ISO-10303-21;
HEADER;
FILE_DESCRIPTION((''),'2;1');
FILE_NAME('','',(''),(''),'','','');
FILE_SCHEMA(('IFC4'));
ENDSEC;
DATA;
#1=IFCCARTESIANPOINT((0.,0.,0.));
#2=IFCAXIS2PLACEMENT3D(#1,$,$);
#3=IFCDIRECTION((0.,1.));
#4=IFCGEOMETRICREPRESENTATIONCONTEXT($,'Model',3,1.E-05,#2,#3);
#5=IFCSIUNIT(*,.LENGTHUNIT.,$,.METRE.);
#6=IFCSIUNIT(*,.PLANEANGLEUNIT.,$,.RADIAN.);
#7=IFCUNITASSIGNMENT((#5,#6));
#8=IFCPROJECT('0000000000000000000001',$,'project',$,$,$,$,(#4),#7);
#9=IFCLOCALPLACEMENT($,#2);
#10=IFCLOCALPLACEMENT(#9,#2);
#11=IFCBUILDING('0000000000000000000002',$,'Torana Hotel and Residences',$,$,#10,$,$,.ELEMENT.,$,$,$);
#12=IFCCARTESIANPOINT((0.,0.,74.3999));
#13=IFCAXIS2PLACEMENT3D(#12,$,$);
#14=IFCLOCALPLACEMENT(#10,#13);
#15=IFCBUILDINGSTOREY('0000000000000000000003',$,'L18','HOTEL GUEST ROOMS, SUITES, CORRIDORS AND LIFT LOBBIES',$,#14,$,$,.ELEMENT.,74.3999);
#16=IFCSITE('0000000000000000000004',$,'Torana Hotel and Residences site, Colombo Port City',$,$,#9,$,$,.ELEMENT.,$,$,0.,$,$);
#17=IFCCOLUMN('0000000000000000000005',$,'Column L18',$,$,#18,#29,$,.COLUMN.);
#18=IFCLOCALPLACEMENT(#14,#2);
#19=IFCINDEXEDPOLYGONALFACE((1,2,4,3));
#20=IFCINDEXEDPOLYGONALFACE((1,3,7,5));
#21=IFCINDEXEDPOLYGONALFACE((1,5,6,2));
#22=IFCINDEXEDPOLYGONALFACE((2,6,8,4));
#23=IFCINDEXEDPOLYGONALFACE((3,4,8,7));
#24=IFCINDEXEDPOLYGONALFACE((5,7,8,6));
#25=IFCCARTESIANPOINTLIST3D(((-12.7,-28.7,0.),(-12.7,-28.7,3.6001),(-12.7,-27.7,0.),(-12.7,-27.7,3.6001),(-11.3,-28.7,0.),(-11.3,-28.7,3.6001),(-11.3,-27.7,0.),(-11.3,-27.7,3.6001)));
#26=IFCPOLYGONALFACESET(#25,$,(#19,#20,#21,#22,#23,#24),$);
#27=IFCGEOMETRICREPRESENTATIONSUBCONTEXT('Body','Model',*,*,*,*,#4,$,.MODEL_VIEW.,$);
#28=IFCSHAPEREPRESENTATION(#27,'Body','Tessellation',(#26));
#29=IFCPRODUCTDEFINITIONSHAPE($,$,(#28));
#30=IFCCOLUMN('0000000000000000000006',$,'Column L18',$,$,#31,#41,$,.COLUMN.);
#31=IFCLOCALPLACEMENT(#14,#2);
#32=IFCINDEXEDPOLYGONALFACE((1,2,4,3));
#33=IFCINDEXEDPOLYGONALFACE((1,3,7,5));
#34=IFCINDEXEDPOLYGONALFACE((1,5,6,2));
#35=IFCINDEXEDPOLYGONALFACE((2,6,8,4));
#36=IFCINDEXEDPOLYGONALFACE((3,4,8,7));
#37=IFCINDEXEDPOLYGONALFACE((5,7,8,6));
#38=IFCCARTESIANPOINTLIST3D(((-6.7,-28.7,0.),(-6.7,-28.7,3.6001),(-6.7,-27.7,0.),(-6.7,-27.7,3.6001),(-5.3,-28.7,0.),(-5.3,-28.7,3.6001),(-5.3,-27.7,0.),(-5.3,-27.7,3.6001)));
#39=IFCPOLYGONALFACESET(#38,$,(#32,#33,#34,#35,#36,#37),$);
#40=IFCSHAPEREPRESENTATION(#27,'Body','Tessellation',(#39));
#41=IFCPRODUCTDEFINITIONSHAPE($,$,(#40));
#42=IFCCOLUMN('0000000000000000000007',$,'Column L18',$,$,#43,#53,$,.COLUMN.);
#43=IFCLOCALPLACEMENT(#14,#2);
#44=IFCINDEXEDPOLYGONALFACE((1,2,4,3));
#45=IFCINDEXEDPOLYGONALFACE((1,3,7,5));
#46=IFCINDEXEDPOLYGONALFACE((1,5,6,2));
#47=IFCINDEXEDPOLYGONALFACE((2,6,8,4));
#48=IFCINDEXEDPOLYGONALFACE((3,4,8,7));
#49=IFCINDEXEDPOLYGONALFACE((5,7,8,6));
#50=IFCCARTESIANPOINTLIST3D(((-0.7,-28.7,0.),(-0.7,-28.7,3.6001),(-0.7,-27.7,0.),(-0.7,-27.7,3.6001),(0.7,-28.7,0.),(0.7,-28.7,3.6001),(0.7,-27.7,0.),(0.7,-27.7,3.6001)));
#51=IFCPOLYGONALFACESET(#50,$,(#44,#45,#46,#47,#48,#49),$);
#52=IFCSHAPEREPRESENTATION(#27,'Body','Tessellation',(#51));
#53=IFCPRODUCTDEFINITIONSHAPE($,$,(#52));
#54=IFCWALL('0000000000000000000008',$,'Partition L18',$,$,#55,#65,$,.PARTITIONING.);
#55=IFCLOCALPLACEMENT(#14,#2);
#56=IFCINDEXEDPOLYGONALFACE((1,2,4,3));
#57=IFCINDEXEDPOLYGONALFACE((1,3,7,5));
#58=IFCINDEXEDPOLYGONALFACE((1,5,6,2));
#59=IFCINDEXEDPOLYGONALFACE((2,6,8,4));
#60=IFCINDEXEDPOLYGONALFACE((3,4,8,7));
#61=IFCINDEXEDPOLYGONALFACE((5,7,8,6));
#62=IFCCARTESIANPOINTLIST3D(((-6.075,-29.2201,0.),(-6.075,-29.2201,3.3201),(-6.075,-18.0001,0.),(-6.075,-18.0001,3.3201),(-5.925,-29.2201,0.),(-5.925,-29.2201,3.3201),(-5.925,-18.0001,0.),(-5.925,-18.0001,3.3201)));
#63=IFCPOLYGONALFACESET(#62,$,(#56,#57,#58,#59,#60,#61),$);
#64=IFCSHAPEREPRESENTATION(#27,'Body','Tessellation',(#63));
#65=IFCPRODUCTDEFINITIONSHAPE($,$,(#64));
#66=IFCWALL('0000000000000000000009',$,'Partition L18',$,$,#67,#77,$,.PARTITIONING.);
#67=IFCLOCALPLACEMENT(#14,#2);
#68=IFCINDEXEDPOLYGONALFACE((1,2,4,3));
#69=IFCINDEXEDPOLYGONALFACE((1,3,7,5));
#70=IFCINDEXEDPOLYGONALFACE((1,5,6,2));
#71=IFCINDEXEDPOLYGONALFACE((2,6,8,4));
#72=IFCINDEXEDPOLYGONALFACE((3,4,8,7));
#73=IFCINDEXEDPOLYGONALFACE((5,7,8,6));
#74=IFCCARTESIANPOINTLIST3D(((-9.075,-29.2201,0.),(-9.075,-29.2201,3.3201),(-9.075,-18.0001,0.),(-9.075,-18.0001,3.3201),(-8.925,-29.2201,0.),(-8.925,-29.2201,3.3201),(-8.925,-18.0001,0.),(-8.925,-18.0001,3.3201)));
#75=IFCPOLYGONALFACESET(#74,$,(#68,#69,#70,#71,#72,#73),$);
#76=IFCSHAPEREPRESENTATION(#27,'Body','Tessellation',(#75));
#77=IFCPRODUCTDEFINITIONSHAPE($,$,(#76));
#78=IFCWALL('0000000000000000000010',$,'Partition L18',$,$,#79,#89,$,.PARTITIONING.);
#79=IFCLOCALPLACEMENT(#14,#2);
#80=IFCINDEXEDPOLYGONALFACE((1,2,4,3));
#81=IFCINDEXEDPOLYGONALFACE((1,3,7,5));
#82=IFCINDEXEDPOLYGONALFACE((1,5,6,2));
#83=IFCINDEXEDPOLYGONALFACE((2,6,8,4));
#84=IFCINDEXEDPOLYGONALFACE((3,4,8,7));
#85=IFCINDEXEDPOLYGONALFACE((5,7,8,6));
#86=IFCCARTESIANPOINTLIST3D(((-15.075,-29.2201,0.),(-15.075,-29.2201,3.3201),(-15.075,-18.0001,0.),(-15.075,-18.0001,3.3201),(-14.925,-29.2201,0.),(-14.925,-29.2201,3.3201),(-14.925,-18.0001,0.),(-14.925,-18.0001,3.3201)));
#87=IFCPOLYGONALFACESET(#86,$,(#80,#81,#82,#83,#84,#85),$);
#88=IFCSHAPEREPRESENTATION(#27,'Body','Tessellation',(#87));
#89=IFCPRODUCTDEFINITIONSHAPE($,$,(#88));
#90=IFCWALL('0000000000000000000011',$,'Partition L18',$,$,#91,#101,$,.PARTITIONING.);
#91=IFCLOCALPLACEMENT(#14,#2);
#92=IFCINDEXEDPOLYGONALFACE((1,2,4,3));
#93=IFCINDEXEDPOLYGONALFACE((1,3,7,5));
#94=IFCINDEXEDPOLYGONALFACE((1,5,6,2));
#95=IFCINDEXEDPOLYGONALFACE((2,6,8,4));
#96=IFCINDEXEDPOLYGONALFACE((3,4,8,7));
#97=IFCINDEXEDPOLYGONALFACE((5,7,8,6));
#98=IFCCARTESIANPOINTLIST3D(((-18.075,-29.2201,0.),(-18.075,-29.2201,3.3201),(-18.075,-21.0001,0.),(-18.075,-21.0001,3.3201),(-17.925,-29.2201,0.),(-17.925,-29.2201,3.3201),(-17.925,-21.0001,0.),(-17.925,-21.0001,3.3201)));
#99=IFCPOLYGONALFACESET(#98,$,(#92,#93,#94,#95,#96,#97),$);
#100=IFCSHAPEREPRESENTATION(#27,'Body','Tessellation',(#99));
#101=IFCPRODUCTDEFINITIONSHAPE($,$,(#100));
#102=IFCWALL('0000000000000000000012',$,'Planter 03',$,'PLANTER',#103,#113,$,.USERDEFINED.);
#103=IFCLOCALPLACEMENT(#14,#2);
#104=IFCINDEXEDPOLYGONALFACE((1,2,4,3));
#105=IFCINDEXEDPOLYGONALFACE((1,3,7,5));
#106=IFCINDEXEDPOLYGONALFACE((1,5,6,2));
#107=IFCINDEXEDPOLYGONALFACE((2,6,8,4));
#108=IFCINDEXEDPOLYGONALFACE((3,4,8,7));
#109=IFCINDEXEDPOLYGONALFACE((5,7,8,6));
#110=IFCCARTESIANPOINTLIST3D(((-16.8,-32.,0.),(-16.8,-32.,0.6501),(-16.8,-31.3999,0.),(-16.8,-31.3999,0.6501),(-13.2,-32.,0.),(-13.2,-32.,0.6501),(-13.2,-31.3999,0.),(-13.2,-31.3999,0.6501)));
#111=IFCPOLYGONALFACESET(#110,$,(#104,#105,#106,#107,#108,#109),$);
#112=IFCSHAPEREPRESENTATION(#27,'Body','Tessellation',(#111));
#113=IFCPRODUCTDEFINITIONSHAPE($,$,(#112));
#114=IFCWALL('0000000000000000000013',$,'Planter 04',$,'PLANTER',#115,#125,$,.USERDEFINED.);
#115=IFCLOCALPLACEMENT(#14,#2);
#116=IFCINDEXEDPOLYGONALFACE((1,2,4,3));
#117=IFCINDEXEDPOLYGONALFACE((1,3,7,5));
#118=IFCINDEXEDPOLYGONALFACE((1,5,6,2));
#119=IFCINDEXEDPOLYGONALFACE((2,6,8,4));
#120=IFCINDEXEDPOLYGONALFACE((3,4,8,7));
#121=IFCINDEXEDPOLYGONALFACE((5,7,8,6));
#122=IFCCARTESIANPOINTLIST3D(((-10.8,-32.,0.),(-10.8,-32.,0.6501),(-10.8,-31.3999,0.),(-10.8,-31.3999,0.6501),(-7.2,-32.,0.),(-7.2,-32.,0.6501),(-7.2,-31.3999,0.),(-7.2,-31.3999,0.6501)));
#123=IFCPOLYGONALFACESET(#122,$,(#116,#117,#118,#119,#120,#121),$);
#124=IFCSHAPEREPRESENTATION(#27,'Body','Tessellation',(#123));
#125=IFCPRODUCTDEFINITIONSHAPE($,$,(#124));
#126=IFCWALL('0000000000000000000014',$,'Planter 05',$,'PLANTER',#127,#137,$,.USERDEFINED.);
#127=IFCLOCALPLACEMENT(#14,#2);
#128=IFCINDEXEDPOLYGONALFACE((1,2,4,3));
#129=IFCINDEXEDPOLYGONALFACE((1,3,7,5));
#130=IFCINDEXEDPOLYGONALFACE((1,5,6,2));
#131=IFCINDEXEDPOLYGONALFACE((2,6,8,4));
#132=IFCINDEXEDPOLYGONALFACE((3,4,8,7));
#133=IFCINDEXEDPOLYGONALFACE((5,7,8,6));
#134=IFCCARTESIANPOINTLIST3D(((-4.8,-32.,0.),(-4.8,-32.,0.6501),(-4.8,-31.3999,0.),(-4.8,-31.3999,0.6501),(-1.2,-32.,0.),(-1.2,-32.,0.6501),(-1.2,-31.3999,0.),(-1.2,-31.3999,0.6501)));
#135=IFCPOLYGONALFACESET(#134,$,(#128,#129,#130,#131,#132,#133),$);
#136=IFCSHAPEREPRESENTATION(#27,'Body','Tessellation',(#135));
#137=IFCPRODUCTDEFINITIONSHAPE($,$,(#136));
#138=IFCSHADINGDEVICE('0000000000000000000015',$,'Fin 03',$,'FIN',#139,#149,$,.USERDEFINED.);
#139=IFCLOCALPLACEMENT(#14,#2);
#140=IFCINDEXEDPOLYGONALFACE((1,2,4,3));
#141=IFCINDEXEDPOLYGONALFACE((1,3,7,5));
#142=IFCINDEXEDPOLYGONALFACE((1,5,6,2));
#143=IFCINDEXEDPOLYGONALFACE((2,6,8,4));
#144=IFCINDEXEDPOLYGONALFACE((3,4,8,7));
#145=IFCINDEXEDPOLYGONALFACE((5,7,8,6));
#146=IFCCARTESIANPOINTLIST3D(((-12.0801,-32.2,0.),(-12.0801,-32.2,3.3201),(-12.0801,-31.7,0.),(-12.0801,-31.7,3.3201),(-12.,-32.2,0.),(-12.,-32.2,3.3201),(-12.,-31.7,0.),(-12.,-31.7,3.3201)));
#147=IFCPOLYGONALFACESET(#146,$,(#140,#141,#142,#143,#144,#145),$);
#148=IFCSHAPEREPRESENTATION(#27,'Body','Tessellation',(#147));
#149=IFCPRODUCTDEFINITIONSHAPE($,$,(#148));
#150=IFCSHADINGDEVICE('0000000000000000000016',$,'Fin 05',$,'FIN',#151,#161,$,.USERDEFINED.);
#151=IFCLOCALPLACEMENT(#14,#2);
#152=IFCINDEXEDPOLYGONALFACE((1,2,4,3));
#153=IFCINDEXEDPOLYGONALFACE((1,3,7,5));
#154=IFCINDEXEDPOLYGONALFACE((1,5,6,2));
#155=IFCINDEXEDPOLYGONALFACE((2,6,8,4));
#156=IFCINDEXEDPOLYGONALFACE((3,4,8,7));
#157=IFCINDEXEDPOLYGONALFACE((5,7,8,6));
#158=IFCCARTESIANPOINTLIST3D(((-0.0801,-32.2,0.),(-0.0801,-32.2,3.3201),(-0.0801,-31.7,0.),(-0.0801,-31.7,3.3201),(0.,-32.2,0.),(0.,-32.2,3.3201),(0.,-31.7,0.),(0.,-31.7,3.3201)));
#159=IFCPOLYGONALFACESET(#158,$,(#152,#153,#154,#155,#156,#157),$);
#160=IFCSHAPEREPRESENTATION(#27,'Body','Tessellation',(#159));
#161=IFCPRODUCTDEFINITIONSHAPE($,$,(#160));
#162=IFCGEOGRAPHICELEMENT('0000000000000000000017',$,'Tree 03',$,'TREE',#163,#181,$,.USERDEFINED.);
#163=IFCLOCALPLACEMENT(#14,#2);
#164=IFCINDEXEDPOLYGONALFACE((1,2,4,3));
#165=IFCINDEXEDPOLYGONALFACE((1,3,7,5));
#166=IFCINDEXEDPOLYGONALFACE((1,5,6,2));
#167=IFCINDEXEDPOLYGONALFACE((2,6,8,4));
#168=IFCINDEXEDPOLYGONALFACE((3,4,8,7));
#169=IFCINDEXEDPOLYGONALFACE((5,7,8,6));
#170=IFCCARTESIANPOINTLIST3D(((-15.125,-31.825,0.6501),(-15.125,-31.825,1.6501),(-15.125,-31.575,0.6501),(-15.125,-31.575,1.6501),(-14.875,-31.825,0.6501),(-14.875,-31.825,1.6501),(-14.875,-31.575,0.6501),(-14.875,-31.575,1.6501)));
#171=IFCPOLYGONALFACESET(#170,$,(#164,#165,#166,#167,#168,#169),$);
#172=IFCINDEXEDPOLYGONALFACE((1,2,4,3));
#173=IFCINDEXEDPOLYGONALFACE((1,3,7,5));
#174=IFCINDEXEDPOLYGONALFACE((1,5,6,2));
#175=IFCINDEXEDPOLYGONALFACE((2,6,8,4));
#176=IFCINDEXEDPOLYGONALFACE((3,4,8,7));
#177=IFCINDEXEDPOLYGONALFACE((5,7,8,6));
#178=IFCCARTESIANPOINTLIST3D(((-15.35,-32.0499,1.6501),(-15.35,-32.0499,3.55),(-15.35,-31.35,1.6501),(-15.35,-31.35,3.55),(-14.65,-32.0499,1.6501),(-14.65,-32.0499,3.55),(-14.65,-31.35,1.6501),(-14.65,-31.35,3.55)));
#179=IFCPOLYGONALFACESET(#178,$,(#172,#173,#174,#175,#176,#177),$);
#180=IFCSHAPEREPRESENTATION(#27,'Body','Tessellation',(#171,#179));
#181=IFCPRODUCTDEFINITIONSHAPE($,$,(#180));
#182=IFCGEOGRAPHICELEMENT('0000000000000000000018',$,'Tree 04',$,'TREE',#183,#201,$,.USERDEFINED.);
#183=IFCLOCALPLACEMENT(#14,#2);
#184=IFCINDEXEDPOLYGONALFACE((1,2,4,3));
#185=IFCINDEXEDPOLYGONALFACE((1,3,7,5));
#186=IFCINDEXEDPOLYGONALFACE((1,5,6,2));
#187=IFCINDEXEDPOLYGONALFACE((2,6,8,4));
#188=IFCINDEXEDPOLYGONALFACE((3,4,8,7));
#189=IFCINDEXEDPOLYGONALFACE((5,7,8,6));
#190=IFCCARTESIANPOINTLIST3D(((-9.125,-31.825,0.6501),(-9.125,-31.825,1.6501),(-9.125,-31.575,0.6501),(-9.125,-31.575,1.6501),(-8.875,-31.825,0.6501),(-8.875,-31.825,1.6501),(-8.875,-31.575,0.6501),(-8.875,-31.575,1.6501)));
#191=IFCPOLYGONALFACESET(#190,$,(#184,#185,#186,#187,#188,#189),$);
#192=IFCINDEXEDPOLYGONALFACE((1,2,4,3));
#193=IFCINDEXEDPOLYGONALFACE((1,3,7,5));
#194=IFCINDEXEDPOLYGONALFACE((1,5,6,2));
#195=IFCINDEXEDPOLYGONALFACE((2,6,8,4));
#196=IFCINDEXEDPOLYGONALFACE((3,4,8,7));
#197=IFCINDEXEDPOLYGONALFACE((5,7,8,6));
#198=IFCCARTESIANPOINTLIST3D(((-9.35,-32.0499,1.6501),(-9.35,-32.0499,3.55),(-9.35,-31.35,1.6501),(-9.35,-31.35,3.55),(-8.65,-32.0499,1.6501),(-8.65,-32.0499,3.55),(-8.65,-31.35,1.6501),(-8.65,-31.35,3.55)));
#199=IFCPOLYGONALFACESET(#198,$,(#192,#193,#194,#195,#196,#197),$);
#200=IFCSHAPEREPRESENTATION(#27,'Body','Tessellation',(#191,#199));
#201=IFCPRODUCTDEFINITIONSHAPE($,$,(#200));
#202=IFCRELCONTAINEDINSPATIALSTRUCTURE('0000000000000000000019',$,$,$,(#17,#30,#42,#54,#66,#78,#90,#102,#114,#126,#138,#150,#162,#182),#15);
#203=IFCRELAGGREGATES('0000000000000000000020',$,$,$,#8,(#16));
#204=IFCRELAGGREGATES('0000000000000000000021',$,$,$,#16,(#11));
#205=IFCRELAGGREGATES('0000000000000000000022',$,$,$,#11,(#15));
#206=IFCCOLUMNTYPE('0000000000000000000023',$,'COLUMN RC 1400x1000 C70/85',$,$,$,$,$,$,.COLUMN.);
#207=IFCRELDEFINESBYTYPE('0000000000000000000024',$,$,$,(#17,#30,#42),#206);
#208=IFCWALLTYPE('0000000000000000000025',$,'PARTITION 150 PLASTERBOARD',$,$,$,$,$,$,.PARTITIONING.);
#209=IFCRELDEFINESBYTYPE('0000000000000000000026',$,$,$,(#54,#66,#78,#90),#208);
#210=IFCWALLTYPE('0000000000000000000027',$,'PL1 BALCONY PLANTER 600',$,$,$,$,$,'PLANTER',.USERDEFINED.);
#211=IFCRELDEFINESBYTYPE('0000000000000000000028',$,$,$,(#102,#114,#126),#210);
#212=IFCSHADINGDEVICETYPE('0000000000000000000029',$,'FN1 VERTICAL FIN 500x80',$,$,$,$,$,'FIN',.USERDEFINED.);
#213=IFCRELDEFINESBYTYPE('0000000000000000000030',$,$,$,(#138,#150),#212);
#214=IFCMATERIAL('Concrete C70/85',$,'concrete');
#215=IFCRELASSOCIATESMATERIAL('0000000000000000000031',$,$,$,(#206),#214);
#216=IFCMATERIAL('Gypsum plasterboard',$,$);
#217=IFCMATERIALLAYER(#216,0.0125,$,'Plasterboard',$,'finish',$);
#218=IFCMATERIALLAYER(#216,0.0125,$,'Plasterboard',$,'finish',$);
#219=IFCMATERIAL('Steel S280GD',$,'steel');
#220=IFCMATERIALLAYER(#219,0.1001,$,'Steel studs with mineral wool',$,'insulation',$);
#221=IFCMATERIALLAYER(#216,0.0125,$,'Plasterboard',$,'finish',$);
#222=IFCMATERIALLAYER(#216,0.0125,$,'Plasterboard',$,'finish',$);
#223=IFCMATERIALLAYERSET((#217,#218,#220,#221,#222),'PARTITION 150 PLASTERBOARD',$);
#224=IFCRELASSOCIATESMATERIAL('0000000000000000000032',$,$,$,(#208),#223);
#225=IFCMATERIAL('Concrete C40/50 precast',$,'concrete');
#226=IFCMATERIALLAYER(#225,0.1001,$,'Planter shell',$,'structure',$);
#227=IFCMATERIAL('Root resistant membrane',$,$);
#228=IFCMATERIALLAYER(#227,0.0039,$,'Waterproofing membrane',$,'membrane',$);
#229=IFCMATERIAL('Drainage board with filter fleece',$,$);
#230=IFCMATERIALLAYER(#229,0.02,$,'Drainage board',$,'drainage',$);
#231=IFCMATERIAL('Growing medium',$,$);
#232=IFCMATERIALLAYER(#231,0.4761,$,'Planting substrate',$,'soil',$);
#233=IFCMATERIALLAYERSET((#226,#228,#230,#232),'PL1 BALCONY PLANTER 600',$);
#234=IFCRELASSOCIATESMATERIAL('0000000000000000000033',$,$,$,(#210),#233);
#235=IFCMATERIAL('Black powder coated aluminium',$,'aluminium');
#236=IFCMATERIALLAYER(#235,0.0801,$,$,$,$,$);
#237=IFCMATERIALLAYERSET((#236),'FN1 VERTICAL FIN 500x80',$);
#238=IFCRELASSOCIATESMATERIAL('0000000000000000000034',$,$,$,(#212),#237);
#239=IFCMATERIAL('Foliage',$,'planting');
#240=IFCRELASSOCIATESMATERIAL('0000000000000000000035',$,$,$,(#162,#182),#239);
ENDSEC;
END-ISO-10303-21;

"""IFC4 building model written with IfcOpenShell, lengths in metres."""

from ifc_helpers import new_model, si_unit, direction, frame, frame_2d, origin, origin_2d, place, context, subcontext, project, spatial, rectangle, extrude, material, layer, layer_set, material_profile, profile_set, type_object, element, save


model = new_model("IFC4")

# Units and contexts
model_context = context("Model", 3, precision=1e-05, world=origin(), true_north=direction((0.0, 1.0)))
body_context = subcontext(model_context, "Body", "Model", "MODEL_VIEW")
ifc_project = project(units=[si_unit("LENGTHUNIT", "METRE"), si_unit("PLANEANGLEUNIT", "RADIAN")], contexts=[model_context])

# Site, building, storey
site_placement = place(None, origin())
site = spatial("IfcSite", under=ifc_project, at=site_placement, Name="Torana Hotel and Residences site, Colombo Port City", CompositionType="ELEMENT", RefElevation=0.0)
building_placement = place(site_placement, origin())
building = spatial("IfcBuilding", under=site, at=building_placement, Name="Torana Hotel and Residences", CompositionType="ELEMENT")
storey_placement = place(building_placement, frame((0.0, 0.0, 74.3999)))
storey = spatial("IfcBuildingStorey", under=building, at=storey_placement, Name="L18", Description="HOTEL GUEST ROOMS, SUITES, CORRIDORS AND LIFT LOBBIES", CompositionType="ELEMENT", Elevation=74.3999)

# Columns
ifc_material_1 = material(Name="Concrete C70/85", Category="concrete")
ifc_material_profile = material_profile(ifc_material_1, rectangle(XDim=1.3999, YDim=1.0, at=origin_2d()), Name="RC 1400x1000")
ifc_profile_set = profile_set([ifc_material_profile], Name="Concrete C70/85")
column_type = type_object("IfcColumnType", Name="COLUMN RC 1400x1000 C70/85", PredefinedType="COLUMN", material=ifc_profile_set)
for number, where, z_axis, x_axis, name in (
    (1, (-12.0, -28.2, 0.0), (0.0, 0.0, 1.0), (1.0, 0.0, 0.0), "Column L18"),
    (2, (-6.0, -28.2, 0.0), (0.0, 0.0, 1.0), (1.0, 0.0, 0.0), "Column L18"),
    (3, (0.0, -28.2, 0.0), (0.0, 0.0, 1.0), (1.0, 0.0, 0.0), "Column L18"),
):
    element("IfcColumn", number, at=place(storey_placement, frame(where, z_axis=z_axis, x_axis=x_axis)), inside=storey, type_object=column_type, Name=name, PredefinedType="COLUMN", context=body_context, shape_type="SweptSolid", body=[
        extrude(rectangle(XDim=1.3999, YDim=1.0, at=origin_2d()), origin(), (0.0, 0.0, 1.0), 3.6001),
    ])

# Walls
ifc_material_2 = material(Name="Gypsum plasterboard")
ifc_layer_1 = layer(ifc_material_2, 0.0125, Name="Plasterboard", Category="finish")
ifc_layer_2 = layer(ifc_material_2, 0.0125, Name="Plasterboard", Category="finish")
ifc_material_3 = material(Name="Steel S280GD", Category="steel")
ifc_layer_3 = layer(ifc_material_3, 0.1001, Name="Steel studs with mineral wool", Category="insulation")
ifc_layer_4 = layer(ifc_material_2, 0.0125, Name="Plasterboard", Category="finish")
ifc_layer_5 = layer(ifc_material_2, 0.0125, Name="Plasterboard", Category="finish")
ifc_layer_set_1 = layer_set([ifc_layer_1, ifc_layer_2, ifc_layer_3, ifc_layer_4, ifc_layer_5], Name="PARTITION 150 PLASTERBOARD")
wall_type_1 = type_object("IfcWallType", Name="PARTITION 150 PLASTERBOARD", PredefinedType="PARTITIONING", material=ifc_layer_set_1)
for number, where, z_axis, x_axis, name in (
    (4, (-6.0, -29.22, 0.0), (0.0, 0.0, 1.0), (0.0, 1.0, 0.0), "Partition L18"),
    (5, (-9.0, -29.22, 0.0), (0.0, 0.0, 1.0), (0.0, 1.0, 0.0), "Partition L18"),
    (6, (-15.0, -29.22, 0.0), (0.0, 0.0, 1.0), (0.0, 1.0, 0.0), "Partition L18"),
):
    element("IfcWall", number, at=place(storey_placement, frame(where, z_axis=z_axis, x_axis=x_axis)), inside=storey, type_object=wall_type_1, Name=name, PredefinedType="PARTITIONING", context=body_context, shape_type="SweptSolid", body=[
        extrude(rectangle(XDim=11.22, YDim=0.1499, at=frame_2d((5.6099, 0.0))), origin(), (0.0, 0.0, 1.0), 3.3201),
    ])
wall_placement = place(storey_placement, frame((-18.0, -29.22, 0.0), z_axis=(0.0, 0.0, 1.0), x_axis=(0.0, 1.0, 0.0)))
element("IfcWall", 7, at=wall_placement, inside=storey, type_object=wall_type_1, Name="Partition L18", PredefinedType="PARTITIONING", context=body_context, shape_type="SweptSolid", body=[
    extrude(rectangle(XDim=8.22, YDim=0.1499, at=frame_2d((4.1099, 0.0))), origin(), (0.0, 0.0, 1.0), 3.3201),
])
ifc_material_4 = material(Name="Concrete C40/50 precast", Category="concrete")
ifc_layer_6 = layer(ifc_material_4, 0.1001, Name="Planter shell", Category="structure")
ifc_material_5 = material(Name="Root resistant membrane")
ifc_layer_7 = layer(ifc_material_5, 0.0039, Name="Waterproofing membrane", Category="membrane")
ifc_material_6 = material(Name="Drainage board with filter fleece")
ifc_layer_8 = layer(ifc_material_6, 0.02, Name="Drainage board", Category="drainage")
ifc_material_7 = material(Name="Growing medium")
ifc_layer_9 = layer(ifc_material_7, 0.4761, Name="Planting substrate", Category="soil")
ifc_layer_set_2 = layer_set([ifc_layer_6, ifc_layer_7, ifc_layer_8, ifc_layer_9], Name="PL1 BALCONY PLANTER 600")
wall_type_2 = type_object("IfcWallType", Name="PL1 BALCONY PLANTER 600", ElementType="PLANTER", PredefinedType="USERDEFINED", material=ifc_layer_set_2)
for number, where, z_axis, x_axis, name in (
    (8, (-13.2, -31.7, 0.0), (0.0, 0.0, 1.0), (-1.0, 0.0, 0.0), "Planter 03"),
    (9, (-7.2, -31.7, 0.0), (0.0, 0.0, 1.0), (-1.0, 0.0, 0.0), "Planter 04"),
    (10, (-1.2, -31.7, 0.0), (0.0, 0.0, 1.0), (-1.0, 0.0, 0.0), "Planter 05"),
):
    element("IfcWall", number, at=place(storey_placement, frame(where, z_axis=z_axis, x_axis=x_axis)), inside=storey, type_object=wall_type_2, Name=name, ObjectType="PLANTER", PredefinedType="USERDEFINED", context=body_context, shape_type="SweptSolid", body=[
        extrude(rectangle(XDim=3.6001, YDim=0.6001, at=frame_2d((1.8, 0.0))), origin(), (0.0, 0.0, 1.0), 0.6501),
    ])

# Shading devices
ifc_material_8 = material(Name="Black powder coated aluminium", Category="aluminium")
ifc_layer_10 = layer(ifc_material_8, 0.0801)
ifc_layer_set_3 = layer_set([ifc_layer_10], Name="FN1 VERTICAL FIN 500x80")
shading_device_type = type_object("IfcShadingDeviceType", Name="FN1 VERTICAL FIN 500x80", ElementType="FIN", PredefinedType="USERDEFINED", material=ifc_layer_set_3)
for number, where, z_axis, x_axis, name in (
    (11, (-12.04, -31.95, 0.0), (0.0, 0.0, 1.0), (-1.0, 0.0, 0.0), "Fin 03"),
    (12, (-0.04, -31.95, 0.0), (0.0, 0.0, 1.0), (-1.0, 0.0, 0.0), "Fin 05"),
):
    element("IfcShadingDevice", number, at=place(storey_placement, frame(where, z_axis=z_axis, x_axis=x_axis)), inside=storey, type_object=shading_device_type, Name=name, ObjectType="FIN", PredefinedType="USERDEFINED", context=body_context, shape_type="SweptSolid", body=[
        extrude(rectangle(XDim=0.0801, YDim=0.5, at=origin_2d()), origin(), (0.0, 0.0, 1.0), 3.3201),
    ])

# Geographic elements
ifc_material_9 = material(Name="Foliage", Category="planting")
for number, where, z_axis, x_axis, name in (
    (13, (-15.0, -31.7, 0.6501), (0.0, 0.0, 1.0), (1.0, 0.0, 0.0), "Tree 03"),
    (14, (-9.0, -31.7, 0.6501), (0.0, 0.0, 1.0), (1.0, 0.0, 0.0), "Tree 04"),
):
    element("IfcGeographicElement", number, at=place(storey_placement, frame(where, z_axis=z_axis, x_axis=x_axis)), inside=storey, material=ifc_material_9, Name=name, ObjectType="TREE", PredefinedType="USERDEFINED", context=body_context, shape_type="SweptSolid", body=[
        extrude(rectangle(XDim=0.25, YDim=0.25, at=origin_2d()), origin(), (0.0, 0.0, 1.0), 1.0),
        extrude(rectangle(XDim=0.7, YDim=0.7, at=origin_2d()), frame((0.0, 0.0, 1.0)), (0.0, 0.0, 1.0), 1.8999),
    ])

save(model, "model.ifc")
